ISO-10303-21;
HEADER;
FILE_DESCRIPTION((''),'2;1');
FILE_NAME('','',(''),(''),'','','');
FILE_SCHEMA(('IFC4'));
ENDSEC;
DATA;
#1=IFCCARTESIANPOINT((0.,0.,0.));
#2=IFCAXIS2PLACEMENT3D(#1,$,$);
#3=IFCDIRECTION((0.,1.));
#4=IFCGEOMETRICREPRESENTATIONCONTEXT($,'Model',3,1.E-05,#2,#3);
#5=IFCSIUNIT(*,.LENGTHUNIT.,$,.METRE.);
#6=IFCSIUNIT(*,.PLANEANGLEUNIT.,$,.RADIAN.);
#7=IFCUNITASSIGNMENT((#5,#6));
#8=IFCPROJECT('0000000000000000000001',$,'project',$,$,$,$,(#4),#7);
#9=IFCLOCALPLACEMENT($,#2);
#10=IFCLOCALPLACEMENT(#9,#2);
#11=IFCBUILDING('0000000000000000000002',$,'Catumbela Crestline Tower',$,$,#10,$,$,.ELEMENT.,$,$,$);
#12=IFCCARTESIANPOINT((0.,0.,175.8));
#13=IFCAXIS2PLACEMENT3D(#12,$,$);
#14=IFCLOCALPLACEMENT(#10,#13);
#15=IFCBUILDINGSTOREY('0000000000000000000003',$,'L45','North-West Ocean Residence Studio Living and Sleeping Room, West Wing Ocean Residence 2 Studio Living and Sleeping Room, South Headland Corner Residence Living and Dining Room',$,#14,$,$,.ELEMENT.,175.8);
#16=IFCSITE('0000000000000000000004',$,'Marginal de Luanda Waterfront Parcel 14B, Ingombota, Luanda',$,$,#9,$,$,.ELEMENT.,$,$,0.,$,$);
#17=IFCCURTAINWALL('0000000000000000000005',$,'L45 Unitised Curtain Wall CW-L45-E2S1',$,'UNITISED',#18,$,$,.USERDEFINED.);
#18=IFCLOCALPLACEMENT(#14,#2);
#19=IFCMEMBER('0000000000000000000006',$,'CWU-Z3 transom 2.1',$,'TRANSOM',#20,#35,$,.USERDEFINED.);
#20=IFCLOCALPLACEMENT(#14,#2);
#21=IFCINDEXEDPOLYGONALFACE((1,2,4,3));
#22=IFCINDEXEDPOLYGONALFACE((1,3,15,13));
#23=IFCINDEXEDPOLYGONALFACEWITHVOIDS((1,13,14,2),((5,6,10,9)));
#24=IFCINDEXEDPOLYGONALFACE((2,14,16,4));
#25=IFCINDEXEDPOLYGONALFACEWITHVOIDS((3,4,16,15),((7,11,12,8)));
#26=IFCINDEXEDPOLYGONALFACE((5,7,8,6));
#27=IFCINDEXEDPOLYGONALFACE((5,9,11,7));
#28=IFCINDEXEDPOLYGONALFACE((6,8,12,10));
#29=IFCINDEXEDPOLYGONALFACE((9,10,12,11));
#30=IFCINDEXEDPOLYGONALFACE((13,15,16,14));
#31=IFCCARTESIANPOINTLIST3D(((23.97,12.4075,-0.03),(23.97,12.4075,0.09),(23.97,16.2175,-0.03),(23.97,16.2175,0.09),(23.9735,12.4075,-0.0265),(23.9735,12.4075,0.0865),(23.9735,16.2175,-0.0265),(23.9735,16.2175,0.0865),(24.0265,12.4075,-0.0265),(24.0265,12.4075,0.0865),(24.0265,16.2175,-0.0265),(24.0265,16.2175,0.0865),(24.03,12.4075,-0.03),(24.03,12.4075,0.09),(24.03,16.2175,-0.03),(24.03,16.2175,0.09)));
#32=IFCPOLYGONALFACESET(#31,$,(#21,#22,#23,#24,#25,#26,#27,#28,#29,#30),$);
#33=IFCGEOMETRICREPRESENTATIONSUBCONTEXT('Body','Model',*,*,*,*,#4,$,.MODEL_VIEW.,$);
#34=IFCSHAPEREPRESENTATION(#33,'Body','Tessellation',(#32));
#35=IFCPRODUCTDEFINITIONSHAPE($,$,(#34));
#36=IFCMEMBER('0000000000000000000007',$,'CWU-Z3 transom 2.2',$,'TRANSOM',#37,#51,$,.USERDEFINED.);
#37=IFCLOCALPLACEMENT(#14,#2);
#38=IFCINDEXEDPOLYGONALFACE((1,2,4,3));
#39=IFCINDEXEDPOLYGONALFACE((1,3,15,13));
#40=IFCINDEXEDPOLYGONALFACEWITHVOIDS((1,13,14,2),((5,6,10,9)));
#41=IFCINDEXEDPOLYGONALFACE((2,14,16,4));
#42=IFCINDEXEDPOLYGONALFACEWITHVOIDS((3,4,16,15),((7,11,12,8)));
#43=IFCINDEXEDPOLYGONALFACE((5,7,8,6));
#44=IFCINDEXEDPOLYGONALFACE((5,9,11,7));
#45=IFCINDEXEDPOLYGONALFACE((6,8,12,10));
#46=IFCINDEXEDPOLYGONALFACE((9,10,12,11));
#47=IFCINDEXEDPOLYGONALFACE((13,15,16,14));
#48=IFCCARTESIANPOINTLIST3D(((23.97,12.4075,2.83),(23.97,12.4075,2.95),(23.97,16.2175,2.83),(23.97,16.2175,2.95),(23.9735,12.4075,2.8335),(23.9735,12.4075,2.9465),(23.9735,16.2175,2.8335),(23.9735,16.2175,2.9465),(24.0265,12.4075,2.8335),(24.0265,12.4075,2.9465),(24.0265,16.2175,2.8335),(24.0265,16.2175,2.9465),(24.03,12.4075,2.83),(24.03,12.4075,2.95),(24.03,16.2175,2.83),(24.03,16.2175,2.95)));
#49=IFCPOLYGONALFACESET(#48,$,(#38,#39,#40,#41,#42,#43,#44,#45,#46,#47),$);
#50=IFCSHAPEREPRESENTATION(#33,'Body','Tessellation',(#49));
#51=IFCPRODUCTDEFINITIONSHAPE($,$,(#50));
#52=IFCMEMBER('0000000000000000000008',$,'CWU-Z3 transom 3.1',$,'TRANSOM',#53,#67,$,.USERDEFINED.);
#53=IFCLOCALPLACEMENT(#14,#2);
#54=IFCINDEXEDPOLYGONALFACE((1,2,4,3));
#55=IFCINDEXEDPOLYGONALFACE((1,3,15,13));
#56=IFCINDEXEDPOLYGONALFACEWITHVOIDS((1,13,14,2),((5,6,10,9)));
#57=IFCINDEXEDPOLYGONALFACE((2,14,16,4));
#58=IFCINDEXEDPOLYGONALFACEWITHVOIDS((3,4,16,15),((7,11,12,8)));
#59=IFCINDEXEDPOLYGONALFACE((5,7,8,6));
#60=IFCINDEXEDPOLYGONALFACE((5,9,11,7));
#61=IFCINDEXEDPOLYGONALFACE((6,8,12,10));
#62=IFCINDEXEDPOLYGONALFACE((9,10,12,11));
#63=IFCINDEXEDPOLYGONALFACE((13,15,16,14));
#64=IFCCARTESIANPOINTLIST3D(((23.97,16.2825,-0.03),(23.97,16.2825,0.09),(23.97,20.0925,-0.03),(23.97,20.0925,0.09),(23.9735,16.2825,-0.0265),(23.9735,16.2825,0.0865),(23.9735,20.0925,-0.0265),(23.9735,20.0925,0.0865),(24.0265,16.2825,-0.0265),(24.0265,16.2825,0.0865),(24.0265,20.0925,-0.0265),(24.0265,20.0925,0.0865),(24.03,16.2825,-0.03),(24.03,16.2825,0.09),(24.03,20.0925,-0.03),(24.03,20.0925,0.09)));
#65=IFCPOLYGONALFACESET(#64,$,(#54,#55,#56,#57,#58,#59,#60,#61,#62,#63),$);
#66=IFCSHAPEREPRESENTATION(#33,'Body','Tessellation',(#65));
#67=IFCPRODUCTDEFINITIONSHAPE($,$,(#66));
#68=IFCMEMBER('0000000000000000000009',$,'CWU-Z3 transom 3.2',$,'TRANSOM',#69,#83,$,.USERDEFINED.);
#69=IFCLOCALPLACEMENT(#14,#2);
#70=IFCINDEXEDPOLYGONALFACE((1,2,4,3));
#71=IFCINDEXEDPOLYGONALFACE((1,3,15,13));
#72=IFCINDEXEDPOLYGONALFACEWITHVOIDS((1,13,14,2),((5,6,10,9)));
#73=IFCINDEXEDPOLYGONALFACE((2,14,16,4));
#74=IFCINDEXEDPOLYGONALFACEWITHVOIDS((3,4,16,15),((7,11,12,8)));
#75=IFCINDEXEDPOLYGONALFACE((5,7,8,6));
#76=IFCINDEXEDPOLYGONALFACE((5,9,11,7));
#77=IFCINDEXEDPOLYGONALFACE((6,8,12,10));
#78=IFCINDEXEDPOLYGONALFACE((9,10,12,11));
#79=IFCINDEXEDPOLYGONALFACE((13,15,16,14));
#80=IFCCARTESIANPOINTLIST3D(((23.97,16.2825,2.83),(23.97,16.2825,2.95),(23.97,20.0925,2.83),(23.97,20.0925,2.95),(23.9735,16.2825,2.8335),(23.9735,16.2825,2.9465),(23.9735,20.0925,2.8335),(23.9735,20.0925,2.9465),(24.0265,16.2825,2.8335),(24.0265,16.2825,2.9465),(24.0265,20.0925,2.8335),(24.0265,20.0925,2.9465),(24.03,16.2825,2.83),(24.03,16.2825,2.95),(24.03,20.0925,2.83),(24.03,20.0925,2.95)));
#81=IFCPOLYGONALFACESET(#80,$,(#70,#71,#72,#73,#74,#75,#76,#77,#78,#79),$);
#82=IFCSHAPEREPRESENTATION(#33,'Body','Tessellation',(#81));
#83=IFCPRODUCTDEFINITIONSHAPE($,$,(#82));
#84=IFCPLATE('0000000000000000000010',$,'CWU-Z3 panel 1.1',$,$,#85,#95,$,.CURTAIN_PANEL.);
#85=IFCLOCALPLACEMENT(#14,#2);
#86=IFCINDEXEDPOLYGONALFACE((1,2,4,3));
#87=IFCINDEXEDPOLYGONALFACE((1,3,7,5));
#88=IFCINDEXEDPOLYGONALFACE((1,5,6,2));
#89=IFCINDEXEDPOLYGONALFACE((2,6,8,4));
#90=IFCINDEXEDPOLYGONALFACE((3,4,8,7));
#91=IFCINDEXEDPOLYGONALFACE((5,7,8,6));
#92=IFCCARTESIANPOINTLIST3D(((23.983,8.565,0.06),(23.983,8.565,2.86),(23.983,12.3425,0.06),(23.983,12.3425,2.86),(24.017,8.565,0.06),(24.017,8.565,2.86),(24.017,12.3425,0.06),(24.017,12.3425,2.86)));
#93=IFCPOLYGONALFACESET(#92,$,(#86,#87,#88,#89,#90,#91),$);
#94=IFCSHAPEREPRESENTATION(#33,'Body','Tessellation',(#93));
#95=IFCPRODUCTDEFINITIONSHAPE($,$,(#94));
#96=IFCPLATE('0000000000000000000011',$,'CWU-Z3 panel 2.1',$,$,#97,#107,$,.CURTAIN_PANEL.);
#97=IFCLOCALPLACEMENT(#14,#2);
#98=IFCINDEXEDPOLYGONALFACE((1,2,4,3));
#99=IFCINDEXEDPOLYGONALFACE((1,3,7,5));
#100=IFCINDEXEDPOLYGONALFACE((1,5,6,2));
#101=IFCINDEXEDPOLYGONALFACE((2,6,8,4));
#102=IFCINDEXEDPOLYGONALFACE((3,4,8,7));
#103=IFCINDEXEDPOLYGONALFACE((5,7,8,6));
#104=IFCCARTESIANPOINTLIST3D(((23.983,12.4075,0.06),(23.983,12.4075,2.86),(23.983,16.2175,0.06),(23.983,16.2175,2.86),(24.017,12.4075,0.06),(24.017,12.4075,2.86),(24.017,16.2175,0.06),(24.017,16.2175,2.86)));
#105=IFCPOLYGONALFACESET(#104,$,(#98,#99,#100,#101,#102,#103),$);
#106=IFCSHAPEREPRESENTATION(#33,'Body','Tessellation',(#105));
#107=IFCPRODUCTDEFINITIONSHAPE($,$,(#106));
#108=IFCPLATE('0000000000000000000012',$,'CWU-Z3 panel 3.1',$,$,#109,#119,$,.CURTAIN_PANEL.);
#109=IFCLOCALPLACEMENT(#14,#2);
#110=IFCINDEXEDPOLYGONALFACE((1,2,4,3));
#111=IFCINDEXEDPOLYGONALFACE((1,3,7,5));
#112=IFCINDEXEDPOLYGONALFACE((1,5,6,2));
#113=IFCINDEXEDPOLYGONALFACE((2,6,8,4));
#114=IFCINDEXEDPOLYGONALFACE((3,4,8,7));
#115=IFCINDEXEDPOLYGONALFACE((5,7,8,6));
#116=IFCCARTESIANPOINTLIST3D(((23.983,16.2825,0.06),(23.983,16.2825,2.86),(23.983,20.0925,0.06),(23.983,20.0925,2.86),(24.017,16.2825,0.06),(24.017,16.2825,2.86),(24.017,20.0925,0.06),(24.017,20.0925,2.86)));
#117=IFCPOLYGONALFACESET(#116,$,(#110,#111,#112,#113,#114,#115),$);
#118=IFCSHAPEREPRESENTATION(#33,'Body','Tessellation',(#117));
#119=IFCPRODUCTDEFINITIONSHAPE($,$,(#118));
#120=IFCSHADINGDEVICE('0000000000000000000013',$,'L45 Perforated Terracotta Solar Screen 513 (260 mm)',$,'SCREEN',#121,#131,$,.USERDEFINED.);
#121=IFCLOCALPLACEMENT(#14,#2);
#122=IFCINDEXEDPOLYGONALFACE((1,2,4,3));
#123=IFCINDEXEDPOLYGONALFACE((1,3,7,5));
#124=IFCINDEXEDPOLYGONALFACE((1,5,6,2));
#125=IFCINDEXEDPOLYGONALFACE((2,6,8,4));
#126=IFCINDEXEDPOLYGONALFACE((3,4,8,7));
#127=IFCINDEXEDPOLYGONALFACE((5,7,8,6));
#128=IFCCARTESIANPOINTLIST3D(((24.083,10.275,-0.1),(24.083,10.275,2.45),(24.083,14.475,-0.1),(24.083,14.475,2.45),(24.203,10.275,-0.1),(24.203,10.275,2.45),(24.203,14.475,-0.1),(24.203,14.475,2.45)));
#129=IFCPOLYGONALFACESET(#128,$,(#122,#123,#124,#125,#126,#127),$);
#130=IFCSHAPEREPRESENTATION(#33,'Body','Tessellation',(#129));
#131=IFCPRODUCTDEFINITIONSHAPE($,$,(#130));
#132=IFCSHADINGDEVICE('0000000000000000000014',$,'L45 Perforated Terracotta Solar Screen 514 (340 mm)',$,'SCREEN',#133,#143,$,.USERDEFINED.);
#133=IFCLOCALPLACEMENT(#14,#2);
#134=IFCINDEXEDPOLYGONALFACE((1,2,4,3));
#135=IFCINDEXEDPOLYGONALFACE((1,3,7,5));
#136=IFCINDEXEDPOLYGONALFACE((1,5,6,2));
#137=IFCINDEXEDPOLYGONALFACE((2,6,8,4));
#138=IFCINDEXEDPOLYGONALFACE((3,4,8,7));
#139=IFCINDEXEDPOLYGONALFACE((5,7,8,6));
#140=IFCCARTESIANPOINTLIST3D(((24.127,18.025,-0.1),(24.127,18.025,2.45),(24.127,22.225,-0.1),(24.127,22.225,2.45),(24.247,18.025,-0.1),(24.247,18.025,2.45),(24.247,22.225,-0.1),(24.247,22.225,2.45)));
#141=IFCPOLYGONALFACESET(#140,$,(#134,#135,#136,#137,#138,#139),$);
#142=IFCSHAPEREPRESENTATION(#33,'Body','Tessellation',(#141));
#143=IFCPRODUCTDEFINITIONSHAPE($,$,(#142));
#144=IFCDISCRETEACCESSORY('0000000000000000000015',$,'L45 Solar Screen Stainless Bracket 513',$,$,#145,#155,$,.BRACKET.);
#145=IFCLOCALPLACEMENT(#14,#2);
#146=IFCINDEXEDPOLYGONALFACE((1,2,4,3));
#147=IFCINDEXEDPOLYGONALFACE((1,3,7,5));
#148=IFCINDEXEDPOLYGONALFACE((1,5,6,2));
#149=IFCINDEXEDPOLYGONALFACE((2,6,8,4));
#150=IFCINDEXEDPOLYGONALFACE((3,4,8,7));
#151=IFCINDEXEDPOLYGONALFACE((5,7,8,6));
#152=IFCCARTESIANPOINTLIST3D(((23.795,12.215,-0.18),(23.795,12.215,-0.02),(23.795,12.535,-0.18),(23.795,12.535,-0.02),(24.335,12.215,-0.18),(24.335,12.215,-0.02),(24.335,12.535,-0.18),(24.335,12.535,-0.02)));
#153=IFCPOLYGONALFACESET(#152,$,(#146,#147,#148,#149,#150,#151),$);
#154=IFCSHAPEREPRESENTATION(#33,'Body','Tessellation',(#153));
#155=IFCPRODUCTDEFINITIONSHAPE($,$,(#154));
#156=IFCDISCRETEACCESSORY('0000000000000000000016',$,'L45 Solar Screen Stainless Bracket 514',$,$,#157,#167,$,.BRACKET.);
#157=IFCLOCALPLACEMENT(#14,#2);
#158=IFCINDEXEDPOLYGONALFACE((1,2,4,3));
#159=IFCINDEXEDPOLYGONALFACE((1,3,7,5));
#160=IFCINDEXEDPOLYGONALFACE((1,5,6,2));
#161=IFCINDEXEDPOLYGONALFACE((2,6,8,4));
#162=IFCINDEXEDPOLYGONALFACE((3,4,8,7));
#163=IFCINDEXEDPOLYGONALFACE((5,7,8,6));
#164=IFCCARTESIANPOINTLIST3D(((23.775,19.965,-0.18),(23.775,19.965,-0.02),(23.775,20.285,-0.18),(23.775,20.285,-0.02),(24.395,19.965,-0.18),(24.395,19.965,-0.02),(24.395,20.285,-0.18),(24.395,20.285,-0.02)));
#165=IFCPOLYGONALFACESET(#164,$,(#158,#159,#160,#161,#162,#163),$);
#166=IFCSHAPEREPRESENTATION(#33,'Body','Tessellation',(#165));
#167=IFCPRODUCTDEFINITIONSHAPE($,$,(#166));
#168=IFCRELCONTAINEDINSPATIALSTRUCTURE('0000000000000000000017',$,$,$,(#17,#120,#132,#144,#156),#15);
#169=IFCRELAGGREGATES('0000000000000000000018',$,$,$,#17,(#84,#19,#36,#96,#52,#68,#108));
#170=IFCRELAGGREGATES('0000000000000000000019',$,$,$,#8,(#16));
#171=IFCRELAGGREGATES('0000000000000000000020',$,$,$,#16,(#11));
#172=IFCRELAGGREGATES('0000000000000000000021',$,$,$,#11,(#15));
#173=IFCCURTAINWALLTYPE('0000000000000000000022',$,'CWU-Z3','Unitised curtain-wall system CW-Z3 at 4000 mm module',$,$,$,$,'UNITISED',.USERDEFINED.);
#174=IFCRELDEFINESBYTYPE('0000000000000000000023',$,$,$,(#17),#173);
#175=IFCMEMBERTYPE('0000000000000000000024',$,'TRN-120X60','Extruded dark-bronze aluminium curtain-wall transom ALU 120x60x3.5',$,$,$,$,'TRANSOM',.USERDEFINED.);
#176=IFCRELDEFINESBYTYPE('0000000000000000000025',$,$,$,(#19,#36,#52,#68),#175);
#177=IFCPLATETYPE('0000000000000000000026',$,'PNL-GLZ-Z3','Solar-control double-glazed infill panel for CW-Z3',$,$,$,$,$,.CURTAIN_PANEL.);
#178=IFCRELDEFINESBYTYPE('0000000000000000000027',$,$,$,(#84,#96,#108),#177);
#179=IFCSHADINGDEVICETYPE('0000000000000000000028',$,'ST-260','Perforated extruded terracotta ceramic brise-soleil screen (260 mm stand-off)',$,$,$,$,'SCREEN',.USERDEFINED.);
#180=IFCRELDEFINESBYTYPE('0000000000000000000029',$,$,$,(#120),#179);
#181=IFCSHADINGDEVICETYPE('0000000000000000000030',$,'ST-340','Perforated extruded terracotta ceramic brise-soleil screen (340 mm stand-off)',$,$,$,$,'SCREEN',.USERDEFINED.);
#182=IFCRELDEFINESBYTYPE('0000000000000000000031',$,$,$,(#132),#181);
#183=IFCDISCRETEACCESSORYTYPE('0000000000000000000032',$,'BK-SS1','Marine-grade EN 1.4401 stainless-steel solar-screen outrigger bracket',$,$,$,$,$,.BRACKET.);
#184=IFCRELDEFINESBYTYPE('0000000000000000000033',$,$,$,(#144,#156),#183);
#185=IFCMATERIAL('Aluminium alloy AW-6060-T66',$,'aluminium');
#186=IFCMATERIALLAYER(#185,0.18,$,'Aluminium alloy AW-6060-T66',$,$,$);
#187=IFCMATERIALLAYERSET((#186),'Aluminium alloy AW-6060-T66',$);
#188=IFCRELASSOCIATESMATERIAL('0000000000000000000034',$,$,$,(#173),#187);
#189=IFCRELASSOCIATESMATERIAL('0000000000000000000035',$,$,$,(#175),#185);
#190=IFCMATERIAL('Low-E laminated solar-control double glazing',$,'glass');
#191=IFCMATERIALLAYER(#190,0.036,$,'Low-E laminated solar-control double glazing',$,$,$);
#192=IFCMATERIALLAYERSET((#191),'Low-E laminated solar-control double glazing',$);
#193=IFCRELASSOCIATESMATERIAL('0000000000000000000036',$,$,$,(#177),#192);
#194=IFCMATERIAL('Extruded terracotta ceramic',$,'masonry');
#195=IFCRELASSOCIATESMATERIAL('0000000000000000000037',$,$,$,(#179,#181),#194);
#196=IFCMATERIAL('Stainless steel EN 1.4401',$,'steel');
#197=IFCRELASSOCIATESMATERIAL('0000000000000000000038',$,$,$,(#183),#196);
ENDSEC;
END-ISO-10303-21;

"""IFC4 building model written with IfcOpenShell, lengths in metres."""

from ifc_helpers import new_model, si_unit, direction, frame, origin, origin_2d, place, context, subcontext, project, spatial, rectangle, hollow_rectangle, extrude, material, layer, layer_set, material_profile, profile_set, type_object, element, aggregate, save


model = new_model("IFC4")

# Units and contexts
model_context = context("Model", 3, precision=1e-05, world=origin(), true_north=direction((0.0, 1.0)))
body_context = subcontext(model_context, "Body", "Model", "MODEL_VIEW")
ifc_project = project(units=[si_unit("LENGTHUNIT", "METRE"), si_unit("PLANEANGLEUNIT", "RADIAN")], contexts=[model_context])

# Site, building, storey
site_placement = place(None, origin())
site = spatial("IfcSite", under=ifc_project, at=site_placement, Name="Marginal de Luanda Waterfront Parcel 14B, Ingombota, Luanda", CompositionType="ELEMENT", RefElevation=0.0)
building_placement = place(site_placement, origin())
building = spatial("IfcBuilding", under=site, at=building_placement, Name="Catumbela Crestline Tower", CompositionType="ELEMENT")
storey_placement = place(building_placement, frame((0.0, 0.0, 175.8)))
storey = spatial("IfcBuildingStorey", under=building, at=storey_placement, Name="L45", Description="North-West Ocean Residence Studio Living and Sleeping Room, West Wing Ocean Residence 2 Studio Living and Sleeping Room, South Headland Corner Residence Living and Dining Room", CompositionType="ELEMENT", Elevation=175.8)

# Curtain wall
ifc_material_1 = material(Name="Aluminium alloy AW-6060-T66", Category="aluminium")
ifc_layer_1 = layer(ifc_material_1, 0.18, Name="Aluminium alloy AW-6060-T66")
ifc_layer_set_1 = layer_set([ifc_layer_1], Name="Aluminium alloy AW-6060-T66")
curtain_wall_type = type_object("IfcCurtainWallType", Name="CWU-Z3", Description="Unitised curtain-wall system CW-Z3 at 4000 mm module", ElementType="UNITISED", PredefinedType="USERDEFINED", material=ifc_layer_set_1)
curtain_wall_placement = place(storey_placement, origin())
curtain_wall = element("IfcCurtainWall", 1, at=curtain_wall_placement, inside=storey, type_object=curtain_wall_type, Name="L45 Unitised Curtain Wall CW-L45-E2S1", ObjectType="UNITISED", PredefinedType="USERDEFINED")

# Members
ifc_material_profile_1 = material_profile(ifc_material_1, hollow_rectangle(XDim=0.06, YDim=0.12, WallThickness=0.0035, at=origin_2d()), Name="ALU 120x60x3.5")
ifc_profile_set_1 = profile_set([ifc_material_profile_1], Name="Aluminium alloy AW-6060-T66")
member_type_1 = type_object("IfcMemberType", Name="TRN-120X60", Description="Extruded dark-bronze aluminium curtain-wall transom ALU 120x60x3.5", ElementType="TRANSOM", PredefinedType="USERDEFINED", material=ifc_profile_set_1)
member_1_placement = place(storey_placement, frame((24.0, 12.4075, 0.03), z_axis=(0.0, 1.0, 0.0), x_axis=(-1.0, 0.0, 0.0)))
member_1 = element("IfcMember", 2, at=member_1_placement, type_object=member_type_1, Name="CWU-Z3 transom 2.1", ObjectType="TRANSOM", PredefinedType="USERDEFINED", context=body_context, shape_type="SweptSolid", body=[
    extrude(hollow_rectangle(XDim=0.06, YDim=0.12, WallThickness=0.0035, at=origin_2d()), origin(), (0.0, 0.0, 1.0), 3.81),
])
member_2_placement = place(storey_placement, frame((24.0, 12.4075, 2.89), z_axis=(0.0, 1.0, 0.0), x_axis=(-1.0, 0.0, 0.0)))
member_2 = element("IfcMember", 3, at=member_2_placement, type_object=member_type_1, Name="CWU-Z3 transom 2.2", ObjectType="TRANSOM", PredefinedType="USERDEFINED", context=body_context, shape_type="SweptSolid", body=[
    extrude(hollow_rectangle(XDim=0.06, YDim=0.12, WallThickness=0.0035, at=origin_2d()), origin(), (0.0, 0.0, 1.0), 3.81),
])
member_3_placement = place(storey_placement, frame((24.0, 16.2825, 0.03), z_axis=(0.0, 1.0, 0.0), x_axis=(-1.0, 0.0, 0.0)))
member_3 = element("IfcMember", 4, at=member_3_placement, type_object=member_type_1, Name="CWU-Z3 transom 3.1", ObjectType="TRANSOM", PredefinedType="USERDEFINED", context=body_context, shape_type="SweptSolid", body=[
    extrude(hollow_rectangle(XDim=0.06, YDim=0.12, WallThickness=0.0035, at=origin_2d()), origin(), (0.0, 0.0, 1.0), 3.81),
])
member_4_placement = place(storey_placement, frame((24.0, 16.2825, 2.89), z_axis=(0.0, 1.0, 0.0), x_axis=(-1.0, 0.0, 0.0)))
member_4 = element("IfcMember", 5, at=member_4_placement, type_object=member_type_1, Name="CWU-Z3 transom 3.2", ObjectType="TRANSOM", PredefinedType="USERDEFINED", context=body_context, shape_type="SweptSolid", body=[
    extrude(hollow_rectangle(XDim=0.06, YDim=0.12, WallThickness=0.0035, at=origin_2d()), origin(), (0.0, 0.0, 1.0), 3.81),
])

# Plates
ifc_material_2 = material(Name="Low-E laminated solar-control double glazing", Category="glass")
ifc_layer_2 = layer(ifc_material_2, 0.036, Name="Low-E laminated solar-control double glazing")
ifc_layer_set_2 = layer_set([ifc_layer_2], Name="Low-E laminated solar-control double glazing")
plate_type = type_object("IfcPlateType", Name="PNL-GLZ-Z3", Description="Solar-control double-glazed infill panel for CW-Z3", PredefinedType="CURTAIN_PANEL", material=ifc_layer_set_2)
plate_1_placement = place(storey_placement, frame((24.0, 10.4538, 0.06), z_axis=(0.0, 0.0, 1.0), x_axis=(0.0, 1.0, 0.0)))
plate_1 = element("IfcPlate", 6, at=plate_1_placement, type_object=plate_type, Name="CWU-Z3 panel 1.1", PredefinedType="CURTAIN_PANEL", context=body_context, shape_type="SweptSolid", body=[
    extrude(rectangle(XDim=3.7775, YDim=0.034, at=origin_2d()), origin(), (0.0, 0.0, 1.0), 2.8),
])
plate_2_placement = place(storey_placement, frame((24.0, 14.3125, 0.06), z_axis=(0.0, 0.0, 1.0), x_axis=(0.0, 1.0, 0.0)))
plate_2 = element("IfcPlate", 7, at=plate_2_placement, type_object=plate_type, Name="CWU-Z3 panel 2.1", PredefinedType="CURTAIN_PANEL", context=body_context, shape_type="SweptSolid", body=[
    extrude(rectangle(XDim=3.81, YDim=0.034, at=origin_2d()), origin(), (0.0, 0.0, 1.0), 2.8),
])
plate_3_placement = place(storey_placement, frame((24.0, 18.1875, 0.06), z_axis=(0.0, 0.0, 1.0), x_axis=(0.0, 1.0, 0.0)))
plate_3 = element("IfcPlate", 8, at=plate_3_placement, type_object=plate_type, Name="CWU-Z3 panel 3.1", PredefinedType="CURTAIN_PANEL", context=body_context, shape_type="SweptSolid", body=[
    extrude(rectangle(XDim=3.81, YDim=0.034, at=origin_2d()), origin(), (0.0, 0.0, 1.0), 2.8),
])
aggregate(curtain_wall, [plate_1, member_1, member_2, plate_2, member_3, member_4, plate_3])

# Shading devices
ifc_material_3 = material(Name="Extruded terracotta ceramic", Category="masonry")
shading_device_type_1 = type_object("IfcShadingDeviceType", Name="ST-260", Description="Perforated extruded terracotta ceramic brise-soleil screen (260 mm stand-off)", ElementType="SCREEN", PredefinedType="USERDEFINED", material=ifc_material_3)
shading_device_1_placement = place(storey_placement, frame((24.143, 12.375, -0.1), z_axis=(0.0, 0.0, 1.0), x_axis=(0.0, 1.0, 0.0)))
element("IfcShadingDevice", 9, at=shading_device_1_placement, inside=storey, type_object=shading_device_type_1, Name="L45 Perforated Terracotta Solar Screen 513 (260 mm)", ObjectType="SCREEN", PredefinedType="USERDEFINED", context=body_context, shape_type="SweptSolid", body=[
    extrude(rectangle(XDim=4.2, YDim=0.12, at=origin_2d()), origin(), (0.0, 0.0, 1.0), 2.55),
])
shading_device_type_2 = type_object("IfcShadingDeviceType", Name="ST-340", Description="Perforated extruded terracotta ceramic brise-soleil screen (340 mm stand-off)", ElementType="SCREEN", PredefinedType="USERDEFINED", material=ifc_material_3)
shading_device_2_placement = place(storey_placement, frame((24.187, 20.125, -0.1), z_axis=(0.0, 0.0, 1.0), x_axis=(0.0, 1.0, 0.0)))
element("IfcShadingDevice", 10, at=shading_device_2_placement, inside=storey, type_object=shading_device_type_2, Name="L45 Perforated Terracotta Solar Screen 514 (340 mm)", ObjectType="SCREEN", PredefinedType="USERDEFINED", context=body_context, shape_type="SweptSolid", body=[
    extrude(rectangle(XDim=4.2, YDim=0.12, at=origin_2d()), origin(), (0.0, 0.0, 1.0), 2.55),
])

# Discrete accessories
ifc_material_4 = material(Name="Stainless steel EN 1.4401", Category="steel")
discrete_accessory_type = type_object("IfcDiscreteAccessoryType", Name="BK-SS1", Description="Marine-grade EN 1.4401 stainless-steel solar-screen outrigger bracket", PredefinedType="BRACKET", material=ifc_material_4)
discrete_accessory_1_placement = place(storey_placement, frame((24.065, 12.375, -0.18), z_axis=(0.0, 0.0, 1.0), x_axis=(0.0, 1.0, 0.0)))
element("IfcDiscreteAccessory", 11, at=discrete_accessory_1_placement, inside=storey, type_object=discrete_accessory_type, Name="L45 Solar Screen Stainless Bracket 513", PredefinedType="BRACKET", context=body_context, shape_type="SweptSolid", body=[
    extrude(rectangle(XDim=0.32, YDim=0.54, at=origin_2d()), origin(), (0.0, 0.0, 1.0), 0.16),
])
discrete_accessory_2_placement = place(storey_placement, frame((24.085, 20.125, -0.18), z_axis=(0.0, 0.0, 1.0), x_axis=(0.0, 1.0, 0.0)))
element("IfcDiscreteAccessory", 12, at=discrete_accessory_2_placement, inside=storey, type_object=discrete_accessory_type, Name="L45 Solar Screen Stainless Bracket 514", PredefinedType="BRACKET", context=body_context, shape_type="SweptSolid", body=[
    extrude(rectangle(XDim=0.32, YDim=0.62, at=origin_2d()), origin(), (0.0, 0.0, 1.0), 0.16),
])

save(model, "model.ifc")
